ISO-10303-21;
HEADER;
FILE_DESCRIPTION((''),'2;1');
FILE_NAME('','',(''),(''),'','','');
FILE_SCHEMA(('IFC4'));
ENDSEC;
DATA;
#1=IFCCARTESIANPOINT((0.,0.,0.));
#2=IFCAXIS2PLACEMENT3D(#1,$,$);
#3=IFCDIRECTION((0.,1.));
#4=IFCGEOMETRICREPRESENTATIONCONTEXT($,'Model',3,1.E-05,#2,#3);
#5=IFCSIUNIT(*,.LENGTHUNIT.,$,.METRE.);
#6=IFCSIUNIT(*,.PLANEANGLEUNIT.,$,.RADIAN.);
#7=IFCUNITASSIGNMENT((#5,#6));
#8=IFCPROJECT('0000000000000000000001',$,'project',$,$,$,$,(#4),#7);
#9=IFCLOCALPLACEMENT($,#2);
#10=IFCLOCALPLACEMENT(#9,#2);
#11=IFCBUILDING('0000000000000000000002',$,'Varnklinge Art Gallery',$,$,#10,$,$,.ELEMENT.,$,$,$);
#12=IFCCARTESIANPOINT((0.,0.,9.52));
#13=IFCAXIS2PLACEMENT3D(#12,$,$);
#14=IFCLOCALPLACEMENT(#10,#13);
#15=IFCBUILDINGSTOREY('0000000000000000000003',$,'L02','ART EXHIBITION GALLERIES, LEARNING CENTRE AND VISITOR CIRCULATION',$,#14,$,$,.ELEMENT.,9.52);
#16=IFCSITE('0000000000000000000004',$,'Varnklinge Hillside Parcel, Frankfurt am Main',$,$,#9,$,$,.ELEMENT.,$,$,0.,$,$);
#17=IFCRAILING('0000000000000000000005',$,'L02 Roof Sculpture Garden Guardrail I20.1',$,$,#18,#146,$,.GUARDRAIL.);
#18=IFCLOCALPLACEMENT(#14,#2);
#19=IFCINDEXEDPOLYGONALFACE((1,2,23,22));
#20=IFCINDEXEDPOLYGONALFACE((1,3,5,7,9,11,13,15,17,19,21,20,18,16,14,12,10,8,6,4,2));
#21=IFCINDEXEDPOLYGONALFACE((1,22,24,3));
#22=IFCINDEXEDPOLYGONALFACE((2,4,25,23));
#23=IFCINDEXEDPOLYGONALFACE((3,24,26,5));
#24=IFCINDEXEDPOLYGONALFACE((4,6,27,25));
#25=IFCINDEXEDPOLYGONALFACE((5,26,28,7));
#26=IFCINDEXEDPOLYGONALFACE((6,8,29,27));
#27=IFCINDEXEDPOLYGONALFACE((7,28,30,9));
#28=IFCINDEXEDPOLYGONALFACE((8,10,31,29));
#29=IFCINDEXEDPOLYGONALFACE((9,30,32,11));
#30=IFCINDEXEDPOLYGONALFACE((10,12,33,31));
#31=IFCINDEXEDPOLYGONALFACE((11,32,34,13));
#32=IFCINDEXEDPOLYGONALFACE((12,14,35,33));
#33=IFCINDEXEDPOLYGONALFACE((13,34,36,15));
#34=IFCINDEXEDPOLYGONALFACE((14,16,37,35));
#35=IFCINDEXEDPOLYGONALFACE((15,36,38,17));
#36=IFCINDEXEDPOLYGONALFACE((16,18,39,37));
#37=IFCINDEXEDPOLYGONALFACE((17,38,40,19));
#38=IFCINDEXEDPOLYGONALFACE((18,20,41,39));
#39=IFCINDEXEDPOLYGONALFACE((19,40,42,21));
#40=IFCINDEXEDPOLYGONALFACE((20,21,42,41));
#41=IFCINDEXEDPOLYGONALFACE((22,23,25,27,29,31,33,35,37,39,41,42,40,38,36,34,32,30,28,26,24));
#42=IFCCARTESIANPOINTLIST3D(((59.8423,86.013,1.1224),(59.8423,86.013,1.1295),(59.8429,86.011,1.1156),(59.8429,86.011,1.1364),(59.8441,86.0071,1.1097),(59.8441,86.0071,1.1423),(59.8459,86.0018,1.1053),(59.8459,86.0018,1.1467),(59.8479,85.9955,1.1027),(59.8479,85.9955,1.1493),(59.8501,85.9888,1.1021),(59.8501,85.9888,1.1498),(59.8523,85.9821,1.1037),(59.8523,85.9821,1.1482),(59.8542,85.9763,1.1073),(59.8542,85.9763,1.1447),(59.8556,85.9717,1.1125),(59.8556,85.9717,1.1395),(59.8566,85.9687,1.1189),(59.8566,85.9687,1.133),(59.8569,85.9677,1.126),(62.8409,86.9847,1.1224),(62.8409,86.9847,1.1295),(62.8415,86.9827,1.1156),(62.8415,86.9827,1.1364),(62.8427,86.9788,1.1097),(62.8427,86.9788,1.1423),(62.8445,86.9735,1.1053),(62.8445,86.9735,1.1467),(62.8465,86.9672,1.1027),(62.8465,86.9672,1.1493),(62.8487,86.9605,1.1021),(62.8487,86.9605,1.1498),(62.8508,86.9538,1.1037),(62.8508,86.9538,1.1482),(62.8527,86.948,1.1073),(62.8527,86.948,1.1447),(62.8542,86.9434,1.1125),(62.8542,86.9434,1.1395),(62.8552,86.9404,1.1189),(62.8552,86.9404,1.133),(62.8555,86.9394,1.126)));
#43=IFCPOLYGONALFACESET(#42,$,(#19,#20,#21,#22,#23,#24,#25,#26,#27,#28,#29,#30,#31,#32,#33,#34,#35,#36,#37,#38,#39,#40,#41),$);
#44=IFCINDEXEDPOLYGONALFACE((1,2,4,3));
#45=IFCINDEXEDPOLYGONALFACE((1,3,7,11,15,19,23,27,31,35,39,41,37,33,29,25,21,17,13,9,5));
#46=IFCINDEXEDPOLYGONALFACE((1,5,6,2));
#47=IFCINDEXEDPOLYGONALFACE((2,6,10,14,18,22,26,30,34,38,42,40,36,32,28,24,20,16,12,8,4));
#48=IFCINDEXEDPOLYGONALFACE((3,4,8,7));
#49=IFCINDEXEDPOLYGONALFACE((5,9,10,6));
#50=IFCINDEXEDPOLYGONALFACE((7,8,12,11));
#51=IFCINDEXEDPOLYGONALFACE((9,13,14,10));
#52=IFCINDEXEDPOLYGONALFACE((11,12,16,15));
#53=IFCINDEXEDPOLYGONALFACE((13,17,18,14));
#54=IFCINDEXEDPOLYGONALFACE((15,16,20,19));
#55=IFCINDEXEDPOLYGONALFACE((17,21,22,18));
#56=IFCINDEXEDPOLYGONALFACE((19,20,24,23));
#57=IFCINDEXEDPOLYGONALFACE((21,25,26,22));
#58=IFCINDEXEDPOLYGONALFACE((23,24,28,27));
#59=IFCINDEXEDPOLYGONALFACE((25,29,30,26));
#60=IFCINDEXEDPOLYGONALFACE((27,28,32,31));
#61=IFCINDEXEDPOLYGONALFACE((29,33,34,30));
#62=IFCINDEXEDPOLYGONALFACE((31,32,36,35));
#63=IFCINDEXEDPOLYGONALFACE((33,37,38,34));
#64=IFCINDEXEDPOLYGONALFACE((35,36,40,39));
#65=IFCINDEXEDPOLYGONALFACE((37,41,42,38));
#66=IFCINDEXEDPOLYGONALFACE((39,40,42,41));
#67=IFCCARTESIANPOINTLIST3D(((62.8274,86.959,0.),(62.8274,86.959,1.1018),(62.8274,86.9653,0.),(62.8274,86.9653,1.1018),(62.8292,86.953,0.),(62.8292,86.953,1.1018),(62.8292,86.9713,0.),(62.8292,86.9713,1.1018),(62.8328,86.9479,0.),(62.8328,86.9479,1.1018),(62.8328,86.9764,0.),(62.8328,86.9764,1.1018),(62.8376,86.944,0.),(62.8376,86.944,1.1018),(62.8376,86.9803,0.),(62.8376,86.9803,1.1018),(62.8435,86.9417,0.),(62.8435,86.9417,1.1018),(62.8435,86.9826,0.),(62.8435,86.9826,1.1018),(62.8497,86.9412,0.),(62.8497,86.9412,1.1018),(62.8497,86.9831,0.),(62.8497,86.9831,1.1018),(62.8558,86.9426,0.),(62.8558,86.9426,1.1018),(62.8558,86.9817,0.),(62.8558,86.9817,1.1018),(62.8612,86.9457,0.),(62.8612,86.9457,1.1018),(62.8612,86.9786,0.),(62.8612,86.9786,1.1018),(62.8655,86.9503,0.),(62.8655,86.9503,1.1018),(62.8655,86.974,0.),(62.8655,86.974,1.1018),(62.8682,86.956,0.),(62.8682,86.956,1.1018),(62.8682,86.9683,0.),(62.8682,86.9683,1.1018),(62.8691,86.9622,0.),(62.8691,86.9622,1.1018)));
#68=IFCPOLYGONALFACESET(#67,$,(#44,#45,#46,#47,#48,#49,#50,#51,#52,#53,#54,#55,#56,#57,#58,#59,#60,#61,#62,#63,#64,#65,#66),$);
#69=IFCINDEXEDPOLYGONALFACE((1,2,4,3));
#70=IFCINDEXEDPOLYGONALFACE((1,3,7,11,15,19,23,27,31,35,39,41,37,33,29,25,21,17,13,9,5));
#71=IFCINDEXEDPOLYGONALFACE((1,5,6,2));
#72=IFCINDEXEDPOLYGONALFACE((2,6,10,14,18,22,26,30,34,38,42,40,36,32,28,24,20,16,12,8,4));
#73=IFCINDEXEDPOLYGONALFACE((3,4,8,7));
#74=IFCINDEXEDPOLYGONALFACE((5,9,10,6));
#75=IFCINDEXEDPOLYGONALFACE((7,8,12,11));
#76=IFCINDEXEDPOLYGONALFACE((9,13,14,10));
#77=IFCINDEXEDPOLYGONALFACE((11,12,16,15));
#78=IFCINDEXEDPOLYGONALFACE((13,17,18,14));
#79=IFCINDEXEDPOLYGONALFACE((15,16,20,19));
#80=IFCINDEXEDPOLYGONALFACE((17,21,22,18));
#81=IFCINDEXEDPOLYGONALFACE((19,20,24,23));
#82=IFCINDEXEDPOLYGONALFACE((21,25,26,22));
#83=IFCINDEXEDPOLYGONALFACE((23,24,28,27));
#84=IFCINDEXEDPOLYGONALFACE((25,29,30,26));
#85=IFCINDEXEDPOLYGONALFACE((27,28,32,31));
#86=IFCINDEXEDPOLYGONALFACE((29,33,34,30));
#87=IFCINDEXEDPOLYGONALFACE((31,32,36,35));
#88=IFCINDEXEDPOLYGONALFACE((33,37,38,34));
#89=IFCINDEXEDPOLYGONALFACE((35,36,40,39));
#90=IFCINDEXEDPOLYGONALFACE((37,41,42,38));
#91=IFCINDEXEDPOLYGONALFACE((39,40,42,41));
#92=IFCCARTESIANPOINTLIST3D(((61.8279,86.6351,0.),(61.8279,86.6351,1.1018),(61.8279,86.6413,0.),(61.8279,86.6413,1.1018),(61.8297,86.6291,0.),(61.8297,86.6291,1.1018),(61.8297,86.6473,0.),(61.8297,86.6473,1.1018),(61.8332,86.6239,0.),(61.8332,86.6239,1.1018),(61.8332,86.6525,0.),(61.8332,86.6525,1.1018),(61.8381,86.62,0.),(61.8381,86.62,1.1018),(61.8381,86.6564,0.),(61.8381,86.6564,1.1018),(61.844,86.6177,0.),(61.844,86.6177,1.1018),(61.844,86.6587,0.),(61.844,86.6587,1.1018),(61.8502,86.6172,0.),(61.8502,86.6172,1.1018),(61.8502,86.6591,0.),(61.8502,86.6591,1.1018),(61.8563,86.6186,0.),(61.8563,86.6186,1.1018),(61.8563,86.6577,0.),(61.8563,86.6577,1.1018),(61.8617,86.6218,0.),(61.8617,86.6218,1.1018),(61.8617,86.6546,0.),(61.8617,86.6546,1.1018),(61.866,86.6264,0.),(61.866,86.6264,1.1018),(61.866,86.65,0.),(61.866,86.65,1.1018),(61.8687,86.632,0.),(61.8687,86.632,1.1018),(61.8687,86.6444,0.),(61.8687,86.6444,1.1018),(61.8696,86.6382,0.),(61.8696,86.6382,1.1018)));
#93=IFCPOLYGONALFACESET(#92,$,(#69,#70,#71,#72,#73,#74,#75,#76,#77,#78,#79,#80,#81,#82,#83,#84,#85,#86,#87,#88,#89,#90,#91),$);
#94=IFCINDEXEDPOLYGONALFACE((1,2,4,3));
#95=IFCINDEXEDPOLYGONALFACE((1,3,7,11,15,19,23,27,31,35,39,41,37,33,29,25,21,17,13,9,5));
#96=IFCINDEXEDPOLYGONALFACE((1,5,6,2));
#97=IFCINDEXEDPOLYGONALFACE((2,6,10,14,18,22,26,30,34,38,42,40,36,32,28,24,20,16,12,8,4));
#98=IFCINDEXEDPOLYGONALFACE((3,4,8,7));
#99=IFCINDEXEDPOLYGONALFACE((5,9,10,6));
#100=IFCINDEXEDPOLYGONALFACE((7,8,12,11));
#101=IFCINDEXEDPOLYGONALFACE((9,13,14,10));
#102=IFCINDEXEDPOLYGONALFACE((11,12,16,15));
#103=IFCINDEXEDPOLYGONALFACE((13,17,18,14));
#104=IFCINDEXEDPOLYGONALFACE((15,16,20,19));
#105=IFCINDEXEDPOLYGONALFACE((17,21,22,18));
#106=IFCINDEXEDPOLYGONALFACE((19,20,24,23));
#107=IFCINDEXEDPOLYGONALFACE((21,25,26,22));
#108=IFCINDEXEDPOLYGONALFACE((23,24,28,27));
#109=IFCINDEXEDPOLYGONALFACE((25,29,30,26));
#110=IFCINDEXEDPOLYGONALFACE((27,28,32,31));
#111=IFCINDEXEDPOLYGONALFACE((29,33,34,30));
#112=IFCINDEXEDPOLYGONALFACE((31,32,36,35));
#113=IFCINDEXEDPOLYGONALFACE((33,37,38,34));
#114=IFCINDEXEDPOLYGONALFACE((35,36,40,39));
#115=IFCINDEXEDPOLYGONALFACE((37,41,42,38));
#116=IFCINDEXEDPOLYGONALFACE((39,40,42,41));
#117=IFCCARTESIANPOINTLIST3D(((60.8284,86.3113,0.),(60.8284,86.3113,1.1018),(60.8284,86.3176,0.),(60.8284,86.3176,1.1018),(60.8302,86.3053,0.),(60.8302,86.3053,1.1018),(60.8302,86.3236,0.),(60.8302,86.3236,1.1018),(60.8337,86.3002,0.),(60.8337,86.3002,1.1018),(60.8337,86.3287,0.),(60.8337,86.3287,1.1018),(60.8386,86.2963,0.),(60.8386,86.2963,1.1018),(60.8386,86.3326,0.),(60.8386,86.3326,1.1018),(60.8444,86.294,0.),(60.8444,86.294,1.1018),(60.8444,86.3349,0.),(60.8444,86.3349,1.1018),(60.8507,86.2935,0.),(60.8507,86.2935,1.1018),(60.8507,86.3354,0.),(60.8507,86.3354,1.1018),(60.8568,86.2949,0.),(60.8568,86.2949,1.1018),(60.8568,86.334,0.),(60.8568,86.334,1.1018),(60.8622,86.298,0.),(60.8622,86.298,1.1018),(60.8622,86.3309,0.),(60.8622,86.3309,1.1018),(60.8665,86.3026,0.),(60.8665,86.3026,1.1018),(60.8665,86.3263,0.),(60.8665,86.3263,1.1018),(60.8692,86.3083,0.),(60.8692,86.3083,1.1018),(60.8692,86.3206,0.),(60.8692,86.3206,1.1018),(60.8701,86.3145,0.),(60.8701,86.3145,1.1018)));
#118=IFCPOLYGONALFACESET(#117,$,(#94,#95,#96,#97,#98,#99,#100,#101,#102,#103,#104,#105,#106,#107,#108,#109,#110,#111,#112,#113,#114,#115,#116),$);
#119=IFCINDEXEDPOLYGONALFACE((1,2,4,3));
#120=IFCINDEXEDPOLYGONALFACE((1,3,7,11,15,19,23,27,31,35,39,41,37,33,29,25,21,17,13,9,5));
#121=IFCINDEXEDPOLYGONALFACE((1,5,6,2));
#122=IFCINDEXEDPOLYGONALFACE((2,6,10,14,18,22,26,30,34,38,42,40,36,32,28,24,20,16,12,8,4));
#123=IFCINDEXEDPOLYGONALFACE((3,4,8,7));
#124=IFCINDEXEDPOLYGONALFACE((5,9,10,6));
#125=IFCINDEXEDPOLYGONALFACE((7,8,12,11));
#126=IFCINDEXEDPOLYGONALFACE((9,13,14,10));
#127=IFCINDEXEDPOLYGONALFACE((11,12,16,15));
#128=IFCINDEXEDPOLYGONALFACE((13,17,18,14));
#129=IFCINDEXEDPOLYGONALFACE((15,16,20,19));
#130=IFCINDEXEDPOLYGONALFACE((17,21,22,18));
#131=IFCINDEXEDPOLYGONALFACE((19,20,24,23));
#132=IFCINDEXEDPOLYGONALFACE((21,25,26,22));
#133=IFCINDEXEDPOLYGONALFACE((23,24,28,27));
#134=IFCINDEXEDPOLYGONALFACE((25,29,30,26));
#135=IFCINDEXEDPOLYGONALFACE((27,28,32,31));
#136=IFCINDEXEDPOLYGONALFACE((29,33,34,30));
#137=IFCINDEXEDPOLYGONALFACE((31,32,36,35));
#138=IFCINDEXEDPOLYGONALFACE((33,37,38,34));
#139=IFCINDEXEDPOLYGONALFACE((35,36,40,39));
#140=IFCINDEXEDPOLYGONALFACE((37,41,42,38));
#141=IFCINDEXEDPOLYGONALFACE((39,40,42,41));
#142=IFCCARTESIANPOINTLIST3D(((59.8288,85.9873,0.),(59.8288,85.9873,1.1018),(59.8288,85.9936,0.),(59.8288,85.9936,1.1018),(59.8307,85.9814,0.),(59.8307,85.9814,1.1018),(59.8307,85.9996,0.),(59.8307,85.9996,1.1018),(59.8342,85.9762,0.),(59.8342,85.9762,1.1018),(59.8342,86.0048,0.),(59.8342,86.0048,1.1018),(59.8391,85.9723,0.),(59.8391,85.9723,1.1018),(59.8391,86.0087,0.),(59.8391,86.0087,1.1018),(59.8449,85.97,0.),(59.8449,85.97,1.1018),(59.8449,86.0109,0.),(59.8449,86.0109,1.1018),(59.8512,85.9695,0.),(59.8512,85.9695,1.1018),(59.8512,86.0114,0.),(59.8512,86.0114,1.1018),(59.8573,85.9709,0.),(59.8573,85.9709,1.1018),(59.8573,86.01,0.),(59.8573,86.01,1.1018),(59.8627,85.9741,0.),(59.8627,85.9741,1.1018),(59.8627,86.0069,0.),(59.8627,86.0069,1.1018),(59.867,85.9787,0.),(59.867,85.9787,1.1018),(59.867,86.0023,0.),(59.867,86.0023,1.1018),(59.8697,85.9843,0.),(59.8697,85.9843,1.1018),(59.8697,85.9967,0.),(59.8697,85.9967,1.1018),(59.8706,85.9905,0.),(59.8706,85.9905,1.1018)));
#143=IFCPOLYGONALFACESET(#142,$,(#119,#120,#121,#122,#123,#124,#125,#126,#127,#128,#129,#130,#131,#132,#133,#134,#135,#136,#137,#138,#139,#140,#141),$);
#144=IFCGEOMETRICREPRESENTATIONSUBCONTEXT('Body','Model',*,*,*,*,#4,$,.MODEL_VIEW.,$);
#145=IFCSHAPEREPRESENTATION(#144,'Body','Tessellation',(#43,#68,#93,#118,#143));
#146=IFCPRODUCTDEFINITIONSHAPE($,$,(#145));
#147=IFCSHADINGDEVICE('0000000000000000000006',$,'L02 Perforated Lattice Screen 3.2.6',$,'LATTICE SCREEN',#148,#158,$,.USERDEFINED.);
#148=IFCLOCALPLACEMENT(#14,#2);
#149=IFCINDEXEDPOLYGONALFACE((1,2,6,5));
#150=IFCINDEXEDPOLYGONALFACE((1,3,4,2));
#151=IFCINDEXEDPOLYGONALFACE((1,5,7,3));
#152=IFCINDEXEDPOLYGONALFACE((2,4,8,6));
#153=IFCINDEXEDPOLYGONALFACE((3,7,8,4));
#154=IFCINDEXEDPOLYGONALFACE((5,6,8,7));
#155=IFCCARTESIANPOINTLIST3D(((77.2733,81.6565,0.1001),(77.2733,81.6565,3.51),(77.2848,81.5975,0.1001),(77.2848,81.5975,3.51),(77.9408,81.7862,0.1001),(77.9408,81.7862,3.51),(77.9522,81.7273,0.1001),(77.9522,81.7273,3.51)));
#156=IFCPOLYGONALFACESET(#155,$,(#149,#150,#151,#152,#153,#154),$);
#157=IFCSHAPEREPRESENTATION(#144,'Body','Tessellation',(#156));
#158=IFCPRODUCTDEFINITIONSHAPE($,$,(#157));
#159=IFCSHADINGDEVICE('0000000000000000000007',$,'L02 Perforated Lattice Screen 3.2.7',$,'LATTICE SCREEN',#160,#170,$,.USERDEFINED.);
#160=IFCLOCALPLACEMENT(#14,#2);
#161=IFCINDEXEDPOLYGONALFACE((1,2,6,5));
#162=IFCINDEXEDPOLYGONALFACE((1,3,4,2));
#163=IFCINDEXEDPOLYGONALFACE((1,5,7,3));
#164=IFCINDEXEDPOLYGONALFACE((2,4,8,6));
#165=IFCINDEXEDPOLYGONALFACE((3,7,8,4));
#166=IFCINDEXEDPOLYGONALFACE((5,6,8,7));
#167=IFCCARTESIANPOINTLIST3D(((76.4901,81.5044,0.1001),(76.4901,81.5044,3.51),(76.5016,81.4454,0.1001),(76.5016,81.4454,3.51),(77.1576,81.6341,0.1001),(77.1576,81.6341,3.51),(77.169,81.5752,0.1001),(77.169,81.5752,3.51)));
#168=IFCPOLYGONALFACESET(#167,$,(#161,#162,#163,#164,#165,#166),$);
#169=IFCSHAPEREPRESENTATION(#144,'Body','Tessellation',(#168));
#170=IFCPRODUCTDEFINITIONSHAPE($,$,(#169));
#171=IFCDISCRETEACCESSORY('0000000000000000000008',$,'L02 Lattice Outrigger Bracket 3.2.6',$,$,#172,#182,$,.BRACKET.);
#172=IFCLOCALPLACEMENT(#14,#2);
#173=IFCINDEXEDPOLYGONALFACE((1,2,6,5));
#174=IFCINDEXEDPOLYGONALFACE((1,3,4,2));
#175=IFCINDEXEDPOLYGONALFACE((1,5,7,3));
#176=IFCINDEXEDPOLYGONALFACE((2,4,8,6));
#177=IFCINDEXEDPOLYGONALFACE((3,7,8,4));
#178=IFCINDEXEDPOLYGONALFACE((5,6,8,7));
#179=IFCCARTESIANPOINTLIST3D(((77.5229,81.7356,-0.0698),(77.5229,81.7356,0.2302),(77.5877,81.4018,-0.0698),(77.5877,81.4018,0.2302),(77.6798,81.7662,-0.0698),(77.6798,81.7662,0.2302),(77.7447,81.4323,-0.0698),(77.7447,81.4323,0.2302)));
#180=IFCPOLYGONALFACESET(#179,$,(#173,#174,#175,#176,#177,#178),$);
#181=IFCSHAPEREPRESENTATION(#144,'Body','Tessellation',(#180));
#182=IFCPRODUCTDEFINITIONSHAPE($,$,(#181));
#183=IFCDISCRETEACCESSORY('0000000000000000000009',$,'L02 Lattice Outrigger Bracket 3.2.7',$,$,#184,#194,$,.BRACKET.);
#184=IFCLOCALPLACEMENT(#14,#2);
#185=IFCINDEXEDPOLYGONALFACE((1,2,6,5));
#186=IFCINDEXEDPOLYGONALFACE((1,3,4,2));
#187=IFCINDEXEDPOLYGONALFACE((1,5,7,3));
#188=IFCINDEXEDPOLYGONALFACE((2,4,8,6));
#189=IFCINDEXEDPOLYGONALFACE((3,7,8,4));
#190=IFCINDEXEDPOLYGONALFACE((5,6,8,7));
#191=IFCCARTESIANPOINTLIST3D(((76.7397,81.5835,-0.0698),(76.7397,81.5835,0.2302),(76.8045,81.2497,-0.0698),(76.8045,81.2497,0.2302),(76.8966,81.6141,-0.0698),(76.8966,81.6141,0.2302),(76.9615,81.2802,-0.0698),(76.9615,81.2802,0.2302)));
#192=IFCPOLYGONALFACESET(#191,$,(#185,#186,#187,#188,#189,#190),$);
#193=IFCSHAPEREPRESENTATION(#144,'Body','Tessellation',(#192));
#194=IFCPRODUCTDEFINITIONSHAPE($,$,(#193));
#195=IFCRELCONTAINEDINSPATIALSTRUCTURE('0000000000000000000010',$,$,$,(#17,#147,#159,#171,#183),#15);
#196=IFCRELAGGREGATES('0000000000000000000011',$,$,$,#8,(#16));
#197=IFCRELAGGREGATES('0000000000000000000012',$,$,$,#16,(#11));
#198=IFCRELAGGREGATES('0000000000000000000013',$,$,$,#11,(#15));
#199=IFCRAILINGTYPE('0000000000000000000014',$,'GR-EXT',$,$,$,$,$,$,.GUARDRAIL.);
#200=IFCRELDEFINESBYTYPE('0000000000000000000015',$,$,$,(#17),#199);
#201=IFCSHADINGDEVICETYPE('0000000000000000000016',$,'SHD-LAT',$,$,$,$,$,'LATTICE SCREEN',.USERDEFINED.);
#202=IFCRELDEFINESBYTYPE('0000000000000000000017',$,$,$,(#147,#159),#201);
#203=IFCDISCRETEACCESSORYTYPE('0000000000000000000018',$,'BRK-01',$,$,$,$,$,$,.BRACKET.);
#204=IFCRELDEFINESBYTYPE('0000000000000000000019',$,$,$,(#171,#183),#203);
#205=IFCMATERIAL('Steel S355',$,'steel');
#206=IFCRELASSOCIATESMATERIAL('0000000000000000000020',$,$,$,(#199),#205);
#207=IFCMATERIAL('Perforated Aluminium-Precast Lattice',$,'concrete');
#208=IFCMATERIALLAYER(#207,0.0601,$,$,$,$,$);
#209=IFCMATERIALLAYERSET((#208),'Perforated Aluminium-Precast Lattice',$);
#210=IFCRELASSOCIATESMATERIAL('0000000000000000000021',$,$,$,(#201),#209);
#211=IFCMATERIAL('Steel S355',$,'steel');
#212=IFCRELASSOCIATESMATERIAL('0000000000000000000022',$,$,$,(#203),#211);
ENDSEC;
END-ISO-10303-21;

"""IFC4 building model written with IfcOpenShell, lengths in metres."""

from ifc_helpers import new_model, si_unit, direction, frame, origin, origin_2d, place, context, subcontext, project, spatial, rectangle, circle, extrude, material, layer, layer_set, type_object, element, save


model = new_model("IFC4")

# Units and contexts
model_context = context("Model", 3, precision=1e-05, world=origin(), true_north=direction((0.0, 1.0)))
body_context = subcontext(model_context, "Body", "Model", "MODEL_VIEW")
ifc_project = project(units=[si_unit("LENGTHUNIT", "METRE"), si_unit("PLANEANGLEUNIT", "RADIAN")], contexts=[model_context])

# Site, building, storey
site_placement = place(None, origin())
site = spatial("IfcSite", under=ifc_project, at=site_placement, Name="Varnklinge Hillside Parcel, Frankfurt am Main", CompositionType="ELEMENT", RefElevation=0.0)
building_placement = place(site_placement, origin())
building = spatial("IfcBuilding", under=site, at=building_placement, Name="Varnklinge Art Gallery", CompositionType="ELEMENT")
storey_placement = place(building_placement, frame((0.0, 0.0, 9.52)))
storey = spatial("IfcBuildingStorey", under=building, at=storey_placement, Name="L02", Description="ART EXHIBITION GALLERIES, LEARNING CENTRE AND VISITOR CIRCULATION", CompositionType="ELEMENT", Elevation=9.52)

# Railing
ifc_material_1 = material(Name="Steel S355", Category="steel")
railing_type = type_object("IfcRailingType", Name="GR-EXT", PredefinedType="GUARDRAIL", material=ifc_material_1)
railing_1_placement = place(storey_placement, frame((62.8481, 86.9622, 0.0)))
element("IfcRailing", 1, at=railing_1_placement, inside=storey, type_object=railing_type, Name="L02 Roof Sculpture Garden Guardrail I20.1", PredefinedType="GUARDRAIL", context=body_context, shape_type="SweptSolid", body=[
    extrude(circle(Radius=0.0239, at=origin_2d()), frame((0.0, 0.0, 1.126), z_axis=(-0.951299, -0.30827, 0.0), x_axis=(0.30827, -0.951299, 0.0)), (0.0, 0.0, 1.0), 3.1521),
    extrude(circle(Radius=0.021, at=origin_2d()), origin(), (0.0, 0.0, 1.0), 1.1018),
    extrude(circle(Radius=0.021, at=origin_2d()), frame((-0.9995, -0.324, 0.0)), (0.0, 0.0, 1.0), 1.1018),
    extrude(circle(Radius=0.021, at=origin_2d()), frame((-1.999, -0.6477, 0.0)), (0.0, 0.0, 1.0), 1.1018),
    extrude(circle(Radius=0.021, at=origin_2d()), frame((-2.9985, -0.9717, 0.0)), (0.0, 0.0, 1.0), 1.1018),
])

# Shading devices
ifc_material_2 = material(Name="Perforated Aluminium-Precast Lattice", Category="concrete")
ifc_layer_1 = layer(ifc_material_2, 0.0601)
ifc_layer_set_1 = layer_set([ifc_layer_1], Name="Perforated Aluminium-Precast Lattice")
shading_device_type = type_object("IfcShadingDeviceType", Name="SHD-LAT", ElementType="LATTICE SCREEN", PredefinedType="USERDEFINED", material=ifc_layer_set_1)
for number, where, z_axis, x_axis, name in (
    (2, (77.6128, 81.6919, 0.1001), (0.0, 0.0, 1.0), (-0.981627, -0.190809, 0.0), "L02 Perforated Lattice Screen 3.2.6"),
    (3, (76.8296, 81.5398, 0.1001), (0.0, 0.0, 1.0), (-0.981627, -0.190809, 0.0), "L02 Perforated Lattice Screen 3.2.7"),
):
    element("IfcShadingDevice", number, at=place(storey_placement, frame(where, z_axis=z_axis, x_axis=x_axis)), inside=storey, type_object=shading_device_type, Name=name, ObjectType="LATTICE SCREEN", PredefinedType="USERDEFINED", context=body_context, shape_type="SweptSolid", body=[
        extrude(rectangle(XDim=0.6799, YDim=0.0601, at=origin_2d()), origin(), (0.0, 0.0, 1.0), 3.4099),
    ])

# Discrete accessories
ifc_material_3 = material(Name="Steel S355", Category="steel")
discrete_accessory_type = type_object("IfcDiscreteAccessoryType", Name="BRK-01", PredefinedType="BRACKET", material=ifc_material_3)
for number, where, z_axis, x_axis, name in (
    (4, (77.6338, 81.584, -0.0698), (0.0, 0.0, 1.0), (-0.981627, -0.190809, 0.0), "L02 Lattice Outrigger Bracket 3.2.6"),
    (5, (76.8506, 81.4319, -0.0698), (0.0, 0.0, 1.0), (-0.981627, -0.190809, 0.0), "L02 Lattice Outrigger Bracket 3.2.7"),
):
    element("IfcDiscreteAccessory", number, at=place(storey_placement, frame(where, z_axis=z_axis, x_axis=x_axis)), inside=storey, type_object=discrete_accessory_type, Name=name, PredefinedType="BRACKET", context=body_context, shape_type="SweptSolid", body=[
        extrude(rectangle(XDim=0.1599, YDim=0.3401, at=origin_2d()), origin(), (0.0, 0.0, 1.0), 0.3),
    ])

save(model, "model.ifc")
